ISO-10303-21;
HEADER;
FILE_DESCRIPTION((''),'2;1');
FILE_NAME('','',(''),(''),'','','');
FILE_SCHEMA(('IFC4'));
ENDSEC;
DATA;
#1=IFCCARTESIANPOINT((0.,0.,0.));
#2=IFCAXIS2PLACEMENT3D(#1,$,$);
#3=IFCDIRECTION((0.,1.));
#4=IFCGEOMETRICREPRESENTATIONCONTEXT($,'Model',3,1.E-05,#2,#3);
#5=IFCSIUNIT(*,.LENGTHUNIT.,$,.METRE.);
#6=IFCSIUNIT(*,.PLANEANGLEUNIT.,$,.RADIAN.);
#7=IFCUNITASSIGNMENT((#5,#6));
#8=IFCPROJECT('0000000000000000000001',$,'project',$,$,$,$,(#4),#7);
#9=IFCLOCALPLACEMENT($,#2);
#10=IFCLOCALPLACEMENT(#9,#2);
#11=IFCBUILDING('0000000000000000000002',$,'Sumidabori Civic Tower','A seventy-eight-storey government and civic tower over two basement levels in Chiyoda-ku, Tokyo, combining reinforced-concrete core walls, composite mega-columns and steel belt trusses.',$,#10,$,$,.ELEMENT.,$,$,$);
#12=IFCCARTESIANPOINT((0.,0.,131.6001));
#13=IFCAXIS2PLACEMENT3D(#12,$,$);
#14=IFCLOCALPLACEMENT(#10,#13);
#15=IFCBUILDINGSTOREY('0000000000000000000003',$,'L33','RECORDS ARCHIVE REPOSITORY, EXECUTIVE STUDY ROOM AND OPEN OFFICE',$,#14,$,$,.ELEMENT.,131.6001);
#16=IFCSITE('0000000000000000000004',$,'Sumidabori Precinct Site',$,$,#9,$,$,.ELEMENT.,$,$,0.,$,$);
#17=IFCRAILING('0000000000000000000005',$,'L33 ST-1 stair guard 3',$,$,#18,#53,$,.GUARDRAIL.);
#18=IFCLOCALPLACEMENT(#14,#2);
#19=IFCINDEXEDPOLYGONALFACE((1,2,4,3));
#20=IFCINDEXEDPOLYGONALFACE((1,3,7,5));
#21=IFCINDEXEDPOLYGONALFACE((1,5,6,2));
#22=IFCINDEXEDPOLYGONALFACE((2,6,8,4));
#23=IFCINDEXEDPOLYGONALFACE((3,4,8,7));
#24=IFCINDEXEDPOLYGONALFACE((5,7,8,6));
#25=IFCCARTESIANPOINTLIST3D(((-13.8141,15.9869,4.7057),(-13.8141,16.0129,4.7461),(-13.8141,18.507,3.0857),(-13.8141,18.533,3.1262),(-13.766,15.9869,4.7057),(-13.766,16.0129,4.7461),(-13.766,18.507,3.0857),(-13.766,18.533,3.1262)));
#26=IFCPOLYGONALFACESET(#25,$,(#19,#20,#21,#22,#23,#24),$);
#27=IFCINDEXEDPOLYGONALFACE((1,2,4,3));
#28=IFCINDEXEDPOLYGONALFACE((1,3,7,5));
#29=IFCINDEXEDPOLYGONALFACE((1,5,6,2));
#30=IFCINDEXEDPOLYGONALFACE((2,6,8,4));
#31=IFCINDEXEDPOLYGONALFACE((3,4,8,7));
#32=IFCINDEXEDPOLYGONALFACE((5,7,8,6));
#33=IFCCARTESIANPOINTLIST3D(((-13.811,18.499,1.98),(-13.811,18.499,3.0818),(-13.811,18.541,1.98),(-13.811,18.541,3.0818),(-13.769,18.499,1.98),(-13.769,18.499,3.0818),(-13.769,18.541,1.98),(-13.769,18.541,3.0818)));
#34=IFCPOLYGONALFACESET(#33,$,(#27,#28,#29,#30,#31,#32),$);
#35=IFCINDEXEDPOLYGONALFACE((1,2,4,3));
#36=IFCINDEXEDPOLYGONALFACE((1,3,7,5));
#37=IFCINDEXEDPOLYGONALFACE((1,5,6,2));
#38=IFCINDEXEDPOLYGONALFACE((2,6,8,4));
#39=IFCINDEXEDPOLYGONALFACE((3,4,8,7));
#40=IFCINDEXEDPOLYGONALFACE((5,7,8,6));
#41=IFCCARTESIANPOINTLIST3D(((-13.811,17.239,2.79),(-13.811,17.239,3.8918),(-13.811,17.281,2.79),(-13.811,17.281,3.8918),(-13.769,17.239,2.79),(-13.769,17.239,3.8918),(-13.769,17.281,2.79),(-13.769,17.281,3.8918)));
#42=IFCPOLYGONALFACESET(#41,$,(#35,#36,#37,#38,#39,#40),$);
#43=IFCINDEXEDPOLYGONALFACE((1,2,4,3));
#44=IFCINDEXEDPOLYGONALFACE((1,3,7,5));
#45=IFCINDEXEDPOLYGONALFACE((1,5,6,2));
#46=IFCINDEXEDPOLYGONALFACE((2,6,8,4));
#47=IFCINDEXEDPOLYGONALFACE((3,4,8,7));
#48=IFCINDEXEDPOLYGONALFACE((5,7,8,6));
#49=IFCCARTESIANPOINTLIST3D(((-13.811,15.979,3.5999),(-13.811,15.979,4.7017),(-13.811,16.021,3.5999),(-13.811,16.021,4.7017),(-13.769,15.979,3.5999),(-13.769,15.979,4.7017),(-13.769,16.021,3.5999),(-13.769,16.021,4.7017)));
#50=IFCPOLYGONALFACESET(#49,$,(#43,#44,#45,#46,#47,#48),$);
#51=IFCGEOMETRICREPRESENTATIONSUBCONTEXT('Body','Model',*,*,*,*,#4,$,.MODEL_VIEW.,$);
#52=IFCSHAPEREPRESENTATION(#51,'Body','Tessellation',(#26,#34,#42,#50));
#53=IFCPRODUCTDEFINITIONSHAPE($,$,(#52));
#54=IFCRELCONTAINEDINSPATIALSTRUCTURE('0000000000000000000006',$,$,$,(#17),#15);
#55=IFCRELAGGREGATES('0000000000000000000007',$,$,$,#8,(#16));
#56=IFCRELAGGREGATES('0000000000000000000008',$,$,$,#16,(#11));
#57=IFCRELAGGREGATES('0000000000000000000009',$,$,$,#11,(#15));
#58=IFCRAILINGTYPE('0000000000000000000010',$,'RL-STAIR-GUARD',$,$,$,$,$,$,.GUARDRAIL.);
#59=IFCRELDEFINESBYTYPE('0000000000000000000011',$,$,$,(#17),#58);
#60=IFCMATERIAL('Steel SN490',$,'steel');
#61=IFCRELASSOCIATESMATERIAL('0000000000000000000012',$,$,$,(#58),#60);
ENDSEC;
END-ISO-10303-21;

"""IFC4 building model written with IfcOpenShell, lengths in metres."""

from ifc_helpers import new_model, si_unit, direction, frame, origin, origin_2d, place, context, subcontext, project, spatial, rectangle, extrude, material, type_object, element, save


model = new_model("IFC4")

# Units and contexts
model_context = context("Model", 3, precision=1e-05, world=origin(), true_north=direction((0.0, 1.0)))
body_context = subcontext(model_context, "Body", "Model", "MODEL_VIEW")
ifc_project = project(units=[si_unit("LENGTHUNIT", "METRE"), si_unit("PLANEANGLEUNIT", "RADIAN")], contexts=[model_context])

# Site, building, storey
site_placement = place(None, origin())
site = spatial("IfcSite", under=ifc_project, at=site_placement, Name="Sumidabori Precinct Site", CompositionType="ELEMENT", RefElevation=0.0)
building_placement = place(site_placement, origin())
building = spatial("IfcBuilding", under=site, at=building_placement, Name="Sumidabori Civic Tower", Description="A seventy-eight-storey government and civic tower over two basement levels in Chiyoda-ku, Tokyo, combining reinforced-concrete core walls, composite mega-columns and steel belt trusses.", CompositionType="ELEMENT")
storey_placement = place(building_placement, frame((0.0, 0.0, 131.6001)))
storey = spatial("IfcBuildingStorey", under=building, at=storey_placement, Name="L33", Description="RECORDS ARCHIVE REPOSITORY, EXECUTIVE STUDY ROOM AND OPEN OFFICE", CompositionType="ELEMENT", Elevation=131.6001)

# Shared definitions
ifc_material_1 = material(Name="Steel SN490", Category="steel")

# Railing
railing_type_1 = type_object("IfcRailingType", Name="RL-STAIR-GUARD", PredefinedType="GUARDRAIL", material=ifc_material_1)
railing_1_placement = place(storey_placement, frame((-13.79, 18.52, 1.98)))
element("IfcRailing", 1, at=railing_1_placement, inside=storey, type_object=railing_type_1, Name="L33 ST-1 stair guard 3", PredefinedType="GUARDRAIL", context=body_context, shape_type="SweptSolid", body=[
    extrude(rectangle(XDim=0.0481, YDim=0.0481, at=origin_2d()), frame((0.0, 0.0, 1.126), z_axis=(0.0, -0.8412, 0.540725), x_axis=(1.0, 0.0, 0.0)), (0.0, 0.0, 1.0), 2.9958),
    extrude(rectangle(XDim=0.042, YDim=0.042, at=origin_2d()), origin(), (0.0, 0.0, 1.0), 1.1018),
    extrude(rectangle(XDim=0.042, YDim=0.042, at=origin_2d()), frame((0.0, -1.26, 0.8101)), (0.0, 0.0, 1.0), 1.1018),
    extrude(rectangle(XDim=0.042, YDim=0.042, at=origin_2d()), frame((0.0, -2.52, 1.6199)), (0.0, 0.0, 1.0), 1.1018),
])

save(model, "model.ifc")
